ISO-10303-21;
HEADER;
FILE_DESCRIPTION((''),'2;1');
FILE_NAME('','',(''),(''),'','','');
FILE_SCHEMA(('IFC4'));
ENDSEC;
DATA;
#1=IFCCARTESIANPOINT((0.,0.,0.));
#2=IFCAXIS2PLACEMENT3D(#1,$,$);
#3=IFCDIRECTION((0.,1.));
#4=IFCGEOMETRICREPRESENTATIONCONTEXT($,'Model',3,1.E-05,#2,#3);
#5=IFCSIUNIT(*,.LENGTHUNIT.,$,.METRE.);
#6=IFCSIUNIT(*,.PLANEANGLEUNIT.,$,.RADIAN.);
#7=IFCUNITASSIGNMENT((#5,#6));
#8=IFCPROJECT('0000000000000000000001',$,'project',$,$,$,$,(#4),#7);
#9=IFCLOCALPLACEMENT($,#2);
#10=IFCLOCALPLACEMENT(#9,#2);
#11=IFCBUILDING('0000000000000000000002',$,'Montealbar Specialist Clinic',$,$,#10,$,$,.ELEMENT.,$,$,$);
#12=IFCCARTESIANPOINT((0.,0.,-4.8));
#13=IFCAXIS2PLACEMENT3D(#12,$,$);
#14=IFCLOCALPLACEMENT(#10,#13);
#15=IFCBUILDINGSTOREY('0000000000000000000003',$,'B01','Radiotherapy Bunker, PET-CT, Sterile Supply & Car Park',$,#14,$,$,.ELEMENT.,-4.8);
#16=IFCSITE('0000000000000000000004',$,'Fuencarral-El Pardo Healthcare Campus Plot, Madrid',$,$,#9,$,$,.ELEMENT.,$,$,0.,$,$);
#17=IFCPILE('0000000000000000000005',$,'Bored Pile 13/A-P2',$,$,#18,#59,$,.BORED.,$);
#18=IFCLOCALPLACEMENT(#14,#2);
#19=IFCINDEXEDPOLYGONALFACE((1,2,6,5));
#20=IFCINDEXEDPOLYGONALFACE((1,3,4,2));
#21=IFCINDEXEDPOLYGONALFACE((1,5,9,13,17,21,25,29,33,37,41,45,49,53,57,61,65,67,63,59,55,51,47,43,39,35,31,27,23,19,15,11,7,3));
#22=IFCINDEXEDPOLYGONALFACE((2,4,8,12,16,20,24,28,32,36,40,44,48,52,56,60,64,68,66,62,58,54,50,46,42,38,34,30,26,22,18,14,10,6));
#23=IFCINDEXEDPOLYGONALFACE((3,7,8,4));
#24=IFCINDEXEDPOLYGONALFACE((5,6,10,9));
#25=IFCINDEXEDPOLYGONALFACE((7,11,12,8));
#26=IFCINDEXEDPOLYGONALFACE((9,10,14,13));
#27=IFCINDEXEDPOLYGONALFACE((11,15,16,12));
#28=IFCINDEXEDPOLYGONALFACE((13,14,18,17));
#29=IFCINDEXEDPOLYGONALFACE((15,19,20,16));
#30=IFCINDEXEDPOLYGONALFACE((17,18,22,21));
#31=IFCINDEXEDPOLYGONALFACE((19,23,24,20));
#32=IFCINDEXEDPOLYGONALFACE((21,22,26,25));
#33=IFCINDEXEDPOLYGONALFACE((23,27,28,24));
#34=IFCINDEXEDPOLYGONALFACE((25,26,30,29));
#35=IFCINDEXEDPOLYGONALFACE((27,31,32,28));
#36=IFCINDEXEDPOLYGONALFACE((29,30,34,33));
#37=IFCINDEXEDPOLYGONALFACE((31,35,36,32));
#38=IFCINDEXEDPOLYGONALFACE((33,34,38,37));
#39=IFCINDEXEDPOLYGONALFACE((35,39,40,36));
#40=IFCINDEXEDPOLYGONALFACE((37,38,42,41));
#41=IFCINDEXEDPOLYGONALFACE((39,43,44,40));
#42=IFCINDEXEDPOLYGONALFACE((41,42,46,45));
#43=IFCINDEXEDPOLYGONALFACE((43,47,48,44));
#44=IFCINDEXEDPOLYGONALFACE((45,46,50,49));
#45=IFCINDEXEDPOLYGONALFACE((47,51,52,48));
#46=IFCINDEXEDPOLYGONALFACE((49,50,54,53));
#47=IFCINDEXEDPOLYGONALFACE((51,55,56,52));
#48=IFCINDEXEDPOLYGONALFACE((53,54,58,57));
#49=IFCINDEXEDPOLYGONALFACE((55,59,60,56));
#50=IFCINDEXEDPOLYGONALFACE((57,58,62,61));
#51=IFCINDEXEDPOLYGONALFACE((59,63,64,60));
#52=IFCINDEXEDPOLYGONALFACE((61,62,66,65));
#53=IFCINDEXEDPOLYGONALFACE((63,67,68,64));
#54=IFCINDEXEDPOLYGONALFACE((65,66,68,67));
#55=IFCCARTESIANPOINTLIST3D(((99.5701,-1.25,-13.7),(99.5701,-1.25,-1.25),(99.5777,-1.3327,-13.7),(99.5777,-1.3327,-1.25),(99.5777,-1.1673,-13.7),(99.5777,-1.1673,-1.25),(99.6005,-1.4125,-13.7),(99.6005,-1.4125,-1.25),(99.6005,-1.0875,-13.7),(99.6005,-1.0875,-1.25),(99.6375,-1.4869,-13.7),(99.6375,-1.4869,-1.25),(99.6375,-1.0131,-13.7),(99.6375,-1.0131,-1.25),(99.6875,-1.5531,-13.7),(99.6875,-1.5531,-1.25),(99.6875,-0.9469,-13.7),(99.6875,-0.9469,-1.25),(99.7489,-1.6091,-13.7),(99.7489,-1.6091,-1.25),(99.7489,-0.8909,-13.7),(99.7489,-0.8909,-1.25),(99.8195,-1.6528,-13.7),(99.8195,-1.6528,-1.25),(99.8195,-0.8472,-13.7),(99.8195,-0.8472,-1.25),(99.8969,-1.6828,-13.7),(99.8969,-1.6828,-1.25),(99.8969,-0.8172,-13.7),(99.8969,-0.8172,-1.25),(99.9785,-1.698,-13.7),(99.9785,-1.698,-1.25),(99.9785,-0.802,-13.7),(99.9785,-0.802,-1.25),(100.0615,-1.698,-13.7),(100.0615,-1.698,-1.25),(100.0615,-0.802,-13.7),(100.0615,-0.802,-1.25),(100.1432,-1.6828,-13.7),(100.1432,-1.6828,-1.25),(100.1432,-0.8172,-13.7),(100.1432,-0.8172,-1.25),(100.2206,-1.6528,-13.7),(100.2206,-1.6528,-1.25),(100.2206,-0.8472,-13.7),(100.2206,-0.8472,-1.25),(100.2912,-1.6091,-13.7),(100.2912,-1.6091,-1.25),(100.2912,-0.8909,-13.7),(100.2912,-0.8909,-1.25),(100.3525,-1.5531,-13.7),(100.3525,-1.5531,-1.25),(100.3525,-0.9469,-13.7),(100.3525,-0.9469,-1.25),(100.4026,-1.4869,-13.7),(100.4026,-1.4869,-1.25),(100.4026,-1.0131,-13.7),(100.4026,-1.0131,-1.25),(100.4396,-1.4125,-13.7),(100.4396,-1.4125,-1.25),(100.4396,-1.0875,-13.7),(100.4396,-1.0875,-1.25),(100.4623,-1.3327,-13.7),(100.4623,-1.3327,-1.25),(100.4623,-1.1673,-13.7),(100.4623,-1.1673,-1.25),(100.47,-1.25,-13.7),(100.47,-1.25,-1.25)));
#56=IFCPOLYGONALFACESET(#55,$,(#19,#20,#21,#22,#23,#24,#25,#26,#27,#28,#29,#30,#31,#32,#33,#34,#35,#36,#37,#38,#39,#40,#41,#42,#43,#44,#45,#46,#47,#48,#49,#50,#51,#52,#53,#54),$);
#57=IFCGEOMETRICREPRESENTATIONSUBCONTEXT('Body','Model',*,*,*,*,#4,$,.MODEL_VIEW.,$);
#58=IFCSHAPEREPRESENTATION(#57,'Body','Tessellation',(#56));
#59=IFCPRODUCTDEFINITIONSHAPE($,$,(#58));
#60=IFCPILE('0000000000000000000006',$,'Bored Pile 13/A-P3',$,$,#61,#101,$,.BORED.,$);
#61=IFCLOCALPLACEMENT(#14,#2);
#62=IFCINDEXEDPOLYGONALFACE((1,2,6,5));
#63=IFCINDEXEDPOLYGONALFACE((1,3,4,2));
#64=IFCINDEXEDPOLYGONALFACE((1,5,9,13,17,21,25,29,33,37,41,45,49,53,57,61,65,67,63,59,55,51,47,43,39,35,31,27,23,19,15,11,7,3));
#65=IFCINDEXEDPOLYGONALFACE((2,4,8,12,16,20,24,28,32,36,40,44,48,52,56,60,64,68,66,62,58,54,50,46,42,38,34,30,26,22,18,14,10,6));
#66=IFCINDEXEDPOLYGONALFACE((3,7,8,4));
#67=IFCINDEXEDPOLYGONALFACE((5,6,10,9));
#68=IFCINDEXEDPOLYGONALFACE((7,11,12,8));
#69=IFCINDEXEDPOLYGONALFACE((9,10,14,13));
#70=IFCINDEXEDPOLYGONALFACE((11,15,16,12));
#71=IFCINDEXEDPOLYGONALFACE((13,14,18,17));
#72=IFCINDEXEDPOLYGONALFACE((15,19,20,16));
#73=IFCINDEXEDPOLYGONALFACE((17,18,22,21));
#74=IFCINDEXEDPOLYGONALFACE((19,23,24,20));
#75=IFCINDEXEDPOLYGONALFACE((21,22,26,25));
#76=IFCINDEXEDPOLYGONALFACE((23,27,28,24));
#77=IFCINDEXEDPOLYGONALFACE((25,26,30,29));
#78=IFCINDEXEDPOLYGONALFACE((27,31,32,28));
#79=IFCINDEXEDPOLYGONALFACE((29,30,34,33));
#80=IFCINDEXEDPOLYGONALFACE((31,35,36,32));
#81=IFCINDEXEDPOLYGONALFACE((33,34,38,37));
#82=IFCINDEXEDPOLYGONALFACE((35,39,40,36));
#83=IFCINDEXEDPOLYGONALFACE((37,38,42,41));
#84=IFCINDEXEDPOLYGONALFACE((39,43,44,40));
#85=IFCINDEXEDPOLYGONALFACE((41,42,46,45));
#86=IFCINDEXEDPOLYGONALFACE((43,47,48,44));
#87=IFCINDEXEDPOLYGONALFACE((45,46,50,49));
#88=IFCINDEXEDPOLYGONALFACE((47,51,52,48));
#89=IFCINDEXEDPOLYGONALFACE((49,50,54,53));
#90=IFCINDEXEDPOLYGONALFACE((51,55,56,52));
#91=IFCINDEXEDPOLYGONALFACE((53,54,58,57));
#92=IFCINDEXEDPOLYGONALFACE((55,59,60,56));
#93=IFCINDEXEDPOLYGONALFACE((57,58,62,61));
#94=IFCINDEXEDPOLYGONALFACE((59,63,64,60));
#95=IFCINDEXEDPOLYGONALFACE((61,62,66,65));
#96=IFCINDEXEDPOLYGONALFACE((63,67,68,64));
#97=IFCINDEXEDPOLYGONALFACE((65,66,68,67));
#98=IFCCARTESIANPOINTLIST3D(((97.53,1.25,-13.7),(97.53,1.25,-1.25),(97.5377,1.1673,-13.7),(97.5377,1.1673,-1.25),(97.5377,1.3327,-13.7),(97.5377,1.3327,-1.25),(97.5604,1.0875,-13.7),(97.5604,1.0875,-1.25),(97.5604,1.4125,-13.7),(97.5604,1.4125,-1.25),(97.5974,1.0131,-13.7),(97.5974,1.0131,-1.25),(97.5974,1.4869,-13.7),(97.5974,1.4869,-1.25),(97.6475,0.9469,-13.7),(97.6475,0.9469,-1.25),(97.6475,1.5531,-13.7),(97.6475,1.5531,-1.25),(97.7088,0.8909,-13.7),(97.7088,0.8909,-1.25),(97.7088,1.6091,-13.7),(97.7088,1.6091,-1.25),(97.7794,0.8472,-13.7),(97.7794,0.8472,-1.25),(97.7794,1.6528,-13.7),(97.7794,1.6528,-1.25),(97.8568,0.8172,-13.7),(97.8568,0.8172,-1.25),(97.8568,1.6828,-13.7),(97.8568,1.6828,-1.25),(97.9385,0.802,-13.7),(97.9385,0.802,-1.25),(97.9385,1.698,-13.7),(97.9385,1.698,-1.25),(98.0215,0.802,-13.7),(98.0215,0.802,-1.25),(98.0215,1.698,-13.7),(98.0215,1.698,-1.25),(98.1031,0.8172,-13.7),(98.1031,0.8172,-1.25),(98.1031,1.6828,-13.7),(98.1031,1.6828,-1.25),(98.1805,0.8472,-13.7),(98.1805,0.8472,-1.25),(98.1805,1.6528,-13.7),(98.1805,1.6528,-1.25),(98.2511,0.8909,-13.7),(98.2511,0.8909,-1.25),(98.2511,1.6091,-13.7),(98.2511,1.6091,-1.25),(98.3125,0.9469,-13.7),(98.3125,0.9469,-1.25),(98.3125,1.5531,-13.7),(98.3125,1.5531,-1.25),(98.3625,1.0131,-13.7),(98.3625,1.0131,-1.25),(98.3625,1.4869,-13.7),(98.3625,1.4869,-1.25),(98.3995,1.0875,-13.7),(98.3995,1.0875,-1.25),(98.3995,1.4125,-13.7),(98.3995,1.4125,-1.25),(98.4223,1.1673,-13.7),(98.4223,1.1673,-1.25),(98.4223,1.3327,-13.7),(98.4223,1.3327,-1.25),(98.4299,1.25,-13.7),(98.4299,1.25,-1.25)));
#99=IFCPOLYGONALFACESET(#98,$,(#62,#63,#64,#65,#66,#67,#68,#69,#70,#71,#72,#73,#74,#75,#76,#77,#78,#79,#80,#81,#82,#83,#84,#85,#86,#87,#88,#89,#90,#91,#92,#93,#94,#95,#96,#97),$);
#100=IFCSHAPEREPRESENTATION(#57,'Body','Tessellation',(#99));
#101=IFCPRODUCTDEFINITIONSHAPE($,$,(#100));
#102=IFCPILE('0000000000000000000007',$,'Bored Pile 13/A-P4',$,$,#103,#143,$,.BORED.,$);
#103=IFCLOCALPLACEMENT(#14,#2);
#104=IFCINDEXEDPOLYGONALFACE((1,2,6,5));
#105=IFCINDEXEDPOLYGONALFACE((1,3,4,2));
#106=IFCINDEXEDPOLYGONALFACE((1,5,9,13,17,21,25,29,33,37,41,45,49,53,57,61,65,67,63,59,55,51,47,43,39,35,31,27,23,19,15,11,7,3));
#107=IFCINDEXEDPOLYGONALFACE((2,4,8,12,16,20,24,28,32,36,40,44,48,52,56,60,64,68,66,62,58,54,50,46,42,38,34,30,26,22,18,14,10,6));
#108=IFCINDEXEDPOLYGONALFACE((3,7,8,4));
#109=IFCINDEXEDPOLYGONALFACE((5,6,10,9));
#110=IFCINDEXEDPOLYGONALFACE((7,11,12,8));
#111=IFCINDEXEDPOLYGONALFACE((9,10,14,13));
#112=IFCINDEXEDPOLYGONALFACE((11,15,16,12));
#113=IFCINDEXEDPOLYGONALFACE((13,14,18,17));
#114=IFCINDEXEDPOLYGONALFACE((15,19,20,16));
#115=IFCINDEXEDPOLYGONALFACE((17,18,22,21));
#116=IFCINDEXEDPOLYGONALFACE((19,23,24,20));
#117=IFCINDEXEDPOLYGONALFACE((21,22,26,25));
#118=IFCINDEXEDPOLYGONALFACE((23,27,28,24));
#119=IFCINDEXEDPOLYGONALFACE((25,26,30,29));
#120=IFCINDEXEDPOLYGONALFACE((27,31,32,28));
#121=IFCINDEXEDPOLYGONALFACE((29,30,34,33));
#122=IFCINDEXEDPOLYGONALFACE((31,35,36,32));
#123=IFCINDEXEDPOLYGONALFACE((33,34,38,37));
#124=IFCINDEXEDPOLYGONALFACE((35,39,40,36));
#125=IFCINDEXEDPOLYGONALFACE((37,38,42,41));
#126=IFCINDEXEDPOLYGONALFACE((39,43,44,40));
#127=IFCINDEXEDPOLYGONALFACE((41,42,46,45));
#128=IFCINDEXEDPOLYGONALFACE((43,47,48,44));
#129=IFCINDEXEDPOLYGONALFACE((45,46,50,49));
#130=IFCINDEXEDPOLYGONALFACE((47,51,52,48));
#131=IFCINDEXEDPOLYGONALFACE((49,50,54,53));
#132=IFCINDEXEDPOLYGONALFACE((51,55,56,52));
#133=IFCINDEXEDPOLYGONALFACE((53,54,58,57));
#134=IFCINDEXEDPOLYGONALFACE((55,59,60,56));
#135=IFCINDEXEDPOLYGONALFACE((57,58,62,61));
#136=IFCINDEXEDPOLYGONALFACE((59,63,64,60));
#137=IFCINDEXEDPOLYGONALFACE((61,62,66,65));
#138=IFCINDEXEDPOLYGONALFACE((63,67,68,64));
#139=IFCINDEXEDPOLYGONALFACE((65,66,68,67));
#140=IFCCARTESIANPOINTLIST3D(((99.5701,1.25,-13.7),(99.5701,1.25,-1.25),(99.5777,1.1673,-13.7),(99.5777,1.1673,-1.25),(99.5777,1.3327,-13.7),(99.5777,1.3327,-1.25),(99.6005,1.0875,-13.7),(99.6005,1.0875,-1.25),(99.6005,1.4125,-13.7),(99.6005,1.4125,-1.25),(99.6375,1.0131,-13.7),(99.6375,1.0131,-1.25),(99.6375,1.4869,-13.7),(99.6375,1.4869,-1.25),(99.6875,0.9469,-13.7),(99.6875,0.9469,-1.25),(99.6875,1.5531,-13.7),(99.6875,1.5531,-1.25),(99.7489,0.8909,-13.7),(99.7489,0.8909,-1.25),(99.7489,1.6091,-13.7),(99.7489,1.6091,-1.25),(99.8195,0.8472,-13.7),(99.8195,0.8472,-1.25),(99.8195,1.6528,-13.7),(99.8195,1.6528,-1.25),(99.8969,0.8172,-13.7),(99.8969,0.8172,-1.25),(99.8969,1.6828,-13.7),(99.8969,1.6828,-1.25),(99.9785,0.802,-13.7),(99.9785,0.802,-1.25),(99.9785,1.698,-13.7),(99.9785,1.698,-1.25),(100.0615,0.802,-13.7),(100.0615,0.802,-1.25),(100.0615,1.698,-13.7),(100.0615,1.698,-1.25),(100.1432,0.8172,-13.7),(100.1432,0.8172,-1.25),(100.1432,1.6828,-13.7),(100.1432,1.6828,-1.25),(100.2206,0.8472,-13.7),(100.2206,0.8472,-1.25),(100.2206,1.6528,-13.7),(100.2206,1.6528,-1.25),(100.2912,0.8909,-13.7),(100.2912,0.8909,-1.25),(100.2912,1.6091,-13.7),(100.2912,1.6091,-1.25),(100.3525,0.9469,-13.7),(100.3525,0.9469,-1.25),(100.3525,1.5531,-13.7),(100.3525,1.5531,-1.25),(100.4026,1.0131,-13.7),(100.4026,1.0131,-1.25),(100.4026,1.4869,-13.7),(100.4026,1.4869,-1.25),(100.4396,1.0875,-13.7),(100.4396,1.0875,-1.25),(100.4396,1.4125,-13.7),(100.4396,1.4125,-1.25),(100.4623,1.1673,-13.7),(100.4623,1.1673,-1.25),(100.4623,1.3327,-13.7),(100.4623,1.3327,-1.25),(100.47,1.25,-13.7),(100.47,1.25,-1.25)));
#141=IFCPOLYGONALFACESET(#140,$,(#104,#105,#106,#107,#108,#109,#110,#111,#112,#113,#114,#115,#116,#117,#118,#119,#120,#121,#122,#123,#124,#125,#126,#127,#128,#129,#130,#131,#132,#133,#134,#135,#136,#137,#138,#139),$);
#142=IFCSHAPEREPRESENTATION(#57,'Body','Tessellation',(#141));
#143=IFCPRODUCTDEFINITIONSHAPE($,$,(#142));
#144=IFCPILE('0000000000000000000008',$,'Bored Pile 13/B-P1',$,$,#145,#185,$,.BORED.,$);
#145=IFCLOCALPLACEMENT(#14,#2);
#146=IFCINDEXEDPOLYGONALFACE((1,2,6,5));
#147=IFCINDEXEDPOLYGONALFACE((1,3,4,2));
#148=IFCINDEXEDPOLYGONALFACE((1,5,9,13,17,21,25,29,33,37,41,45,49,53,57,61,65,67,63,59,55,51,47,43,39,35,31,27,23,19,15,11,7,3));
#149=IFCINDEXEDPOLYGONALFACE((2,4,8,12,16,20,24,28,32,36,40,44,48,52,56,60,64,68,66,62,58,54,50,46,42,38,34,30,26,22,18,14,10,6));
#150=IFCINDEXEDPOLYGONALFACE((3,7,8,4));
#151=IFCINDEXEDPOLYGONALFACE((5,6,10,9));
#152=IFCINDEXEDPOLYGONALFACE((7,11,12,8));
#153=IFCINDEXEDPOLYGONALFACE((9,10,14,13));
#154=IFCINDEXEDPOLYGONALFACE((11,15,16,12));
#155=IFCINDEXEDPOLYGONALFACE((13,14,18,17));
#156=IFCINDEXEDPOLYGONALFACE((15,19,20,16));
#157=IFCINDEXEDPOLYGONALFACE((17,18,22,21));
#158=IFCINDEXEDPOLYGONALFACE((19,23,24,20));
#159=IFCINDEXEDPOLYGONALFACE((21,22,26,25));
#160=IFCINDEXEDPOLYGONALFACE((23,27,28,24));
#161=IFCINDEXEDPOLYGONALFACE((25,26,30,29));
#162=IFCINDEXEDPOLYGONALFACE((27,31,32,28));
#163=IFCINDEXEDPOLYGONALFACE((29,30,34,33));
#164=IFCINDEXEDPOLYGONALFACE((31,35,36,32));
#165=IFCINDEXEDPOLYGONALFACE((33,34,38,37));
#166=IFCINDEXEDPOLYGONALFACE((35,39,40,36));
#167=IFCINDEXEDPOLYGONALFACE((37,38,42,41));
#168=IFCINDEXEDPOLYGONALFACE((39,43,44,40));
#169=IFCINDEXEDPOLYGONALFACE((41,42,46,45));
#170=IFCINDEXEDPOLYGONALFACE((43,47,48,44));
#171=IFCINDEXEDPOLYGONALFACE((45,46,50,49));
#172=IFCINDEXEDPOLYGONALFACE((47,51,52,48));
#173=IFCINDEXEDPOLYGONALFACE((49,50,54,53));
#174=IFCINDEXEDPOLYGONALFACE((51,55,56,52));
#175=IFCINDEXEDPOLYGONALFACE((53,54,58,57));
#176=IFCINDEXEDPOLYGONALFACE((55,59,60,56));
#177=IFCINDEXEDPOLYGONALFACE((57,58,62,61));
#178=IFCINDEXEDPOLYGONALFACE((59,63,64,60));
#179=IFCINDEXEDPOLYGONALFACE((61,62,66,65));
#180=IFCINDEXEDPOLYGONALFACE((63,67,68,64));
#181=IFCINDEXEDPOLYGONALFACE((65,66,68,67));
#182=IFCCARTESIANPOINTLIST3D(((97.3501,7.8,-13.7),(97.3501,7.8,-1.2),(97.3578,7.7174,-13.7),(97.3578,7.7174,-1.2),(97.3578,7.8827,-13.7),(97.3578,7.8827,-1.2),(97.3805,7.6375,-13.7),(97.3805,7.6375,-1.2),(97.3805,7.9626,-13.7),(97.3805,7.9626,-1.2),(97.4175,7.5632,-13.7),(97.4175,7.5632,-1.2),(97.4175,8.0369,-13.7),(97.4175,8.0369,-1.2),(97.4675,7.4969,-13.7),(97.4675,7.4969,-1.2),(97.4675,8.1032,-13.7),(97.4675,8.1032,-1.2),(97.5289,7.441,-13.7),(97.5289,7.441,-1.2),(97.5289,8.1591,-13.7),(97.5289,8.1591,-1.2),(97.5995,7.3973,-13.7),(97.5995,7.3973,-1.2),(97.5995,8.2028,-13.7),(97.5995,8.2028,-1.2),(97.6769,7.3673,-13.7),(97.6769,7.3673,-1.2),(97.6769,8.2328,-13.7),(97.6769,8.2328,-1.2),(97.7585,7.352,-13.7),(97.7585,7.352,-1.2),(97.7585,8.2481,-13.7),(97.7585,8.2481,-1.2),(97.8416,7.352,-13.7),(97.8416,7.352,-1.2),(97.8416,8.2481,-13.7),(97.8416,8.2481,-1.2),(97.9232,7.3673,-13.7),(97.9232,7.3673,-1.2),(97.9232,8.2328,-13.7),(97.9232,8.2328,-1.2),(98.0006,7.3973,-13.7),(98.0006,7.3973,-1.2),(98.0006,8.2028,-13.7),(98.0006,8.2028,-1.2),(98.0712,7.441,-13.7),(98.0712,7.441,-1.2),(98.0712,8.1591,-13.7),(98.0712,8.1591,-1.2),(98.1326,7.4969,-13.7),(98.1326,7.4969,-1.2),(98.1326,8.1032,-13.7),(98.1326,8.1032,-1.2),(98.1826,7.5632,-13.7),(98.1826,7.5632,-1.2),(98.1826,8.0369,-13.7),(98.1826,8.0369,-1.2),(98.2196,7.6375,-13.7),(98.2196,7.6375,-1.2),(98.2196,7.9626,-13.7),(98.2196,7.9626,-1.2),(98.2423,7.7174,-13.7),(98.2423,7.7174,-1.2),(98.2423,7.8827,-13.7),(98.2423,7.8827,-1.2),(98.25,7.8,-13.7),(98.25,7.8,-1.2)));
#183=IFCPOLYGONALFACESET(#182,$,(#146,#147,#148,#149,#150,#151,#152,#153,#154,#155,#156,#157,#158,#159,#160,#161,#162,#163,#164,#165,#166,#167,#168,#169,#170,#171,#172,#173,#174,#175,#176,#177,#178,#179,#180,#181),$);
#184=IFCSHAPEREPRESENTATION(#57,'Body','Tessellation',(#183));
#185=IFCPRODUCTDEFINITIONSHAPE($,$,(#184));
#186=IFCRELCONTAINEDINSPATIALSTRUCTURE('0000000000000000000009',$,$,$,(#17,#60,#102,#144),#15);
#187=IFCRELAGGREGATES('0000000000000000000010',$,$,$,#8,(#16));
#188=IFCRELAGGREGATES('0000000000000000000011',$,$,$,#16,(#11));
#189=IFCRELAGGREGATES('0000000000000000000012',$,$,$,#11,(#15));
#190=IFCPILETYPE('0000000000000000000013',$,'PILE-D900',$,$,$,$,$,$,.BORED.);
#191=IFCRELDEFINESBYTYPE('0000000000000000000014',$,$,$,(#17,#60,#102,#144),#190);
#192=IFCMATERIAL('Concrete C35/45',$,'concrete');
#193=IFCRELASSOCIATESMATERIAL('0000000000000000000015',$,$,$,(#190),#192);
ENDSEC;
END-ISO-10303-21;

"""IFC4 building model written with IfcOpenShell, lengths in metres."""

from ifc_helpers import new_model, si_unit, direction, frame, origin, origin_2d, place, context, subcontext, project, spatial, circle, extrude, material, material_profile, profile_set, type_object, element, save


model = new_model("IFC4")

# Units and contexts
model_context = context("Model", 3, precision=1e-05, world=origin(), true_north=direction((0.0, 1.0)))
body_context = subcontext(model_context, "Body", "Model", "MODEL_VIEW")
ifc_project = project(units=[si_unit("LENGTHUNIT", "METRE"), si_unit("PLANEANGLEUNIT", "RADIAN")], contexts=[model_context])

# Site, building, storey
site_placement = place(None, origin())
site = spatial("IfcSite", under=ifc_project, at=site_placement, Name="Fuencarral-El Pardo Healthcare Campus Plot, Madrid", CompositionType="ELEMENT", RefElevation=0.0)
building_placement = place(site_placement, origin())
building = spatial("IfcBuilding", under=site, at=building_placement, Name="Montealbar Specialist Clinic", CompositionType="ELEMENT")
storey_placement = place(building_placement, frame((0.0, 0.0, -4.8)))
storey = spatial("IfcBuildingStorey", under=building, at=storey_placement, Name="B01", Description="Radiotherapy Bunker, PET-CT, Sterile Supply & Car Park", CompositionType="ELEMENT", Elevation=-4.8)

# Shared definitions
ifc_material_1 = material(Name="Concrete C35/45", Category="concrete")

# Piles
ifc_material_profile_1 = material_profile(ifc_material_1, circle(Radius=0.45, at=origin_2d()), Name="PILE D900", Category="concrete")
ifc_profile_set_1 = profile_set([ifc_material_profile_1], Name="Concrete C35/45")
pile_type_1 = type_object("IfcPileType", Name="PILE-D900", PredefinedType="BORED", material=ifc_profile_set_1)
for number, where, z_axis, x_axis, name in (
    (1, (100.02, -1.25, -1.25), (0.0, 0.0, -1.0), (1.0, 0.0, 0.0), "Bored Pile 13/A-P2"),
    (2, (97.98, 1.25, -1.25), (0.0, 0.0, -1.0), (1.0, 0.0, 0.0), "Bored Pile 13/A-P3"),
    (3, (100.02, 1.25, -1.25), (0.0, 0.0, -1.0), (1.0, 0.0, 0.0), "Bored Pile 13/A-P4"),
):
    element("IfcPile", number, at=place(storey_placement, frame(where, z_axis=z_axis, x_axis=x_axis)), inside=storey, type_object=pile_type_1, Name=name, PredefinedType="BORED", context=body_context, shape_type="SweptSolid", body=[
        extrude(circle(Radius=0.45, at=origin_2d()), origin(), (0.0, 0.0, 1.0), 12.45),
    ])
for number, where, z_axis, x_axis, name in (
    (4, (97.8, 7.8, -1.2), (0.0, 0.0, -1.0), (1.0, 0.0, 0.0), "Bored Pile 13/B-P1"),
):
    element("IfcPile", number, at=place(storey_placement, frame(where, z_axis=z_axis, x_axis=x_axis)), inside=storey, type_object=pile_type_1, Name=name, PredefinedType="BORED", context=body_context, shape_type="SweptSolid", body=[
        extrude(circle(Radius=0.45, at=origin_2d()), origin(), (0.0, 0.0, 1.0), 12.5),
    ])

save(model, "model.ifc")
